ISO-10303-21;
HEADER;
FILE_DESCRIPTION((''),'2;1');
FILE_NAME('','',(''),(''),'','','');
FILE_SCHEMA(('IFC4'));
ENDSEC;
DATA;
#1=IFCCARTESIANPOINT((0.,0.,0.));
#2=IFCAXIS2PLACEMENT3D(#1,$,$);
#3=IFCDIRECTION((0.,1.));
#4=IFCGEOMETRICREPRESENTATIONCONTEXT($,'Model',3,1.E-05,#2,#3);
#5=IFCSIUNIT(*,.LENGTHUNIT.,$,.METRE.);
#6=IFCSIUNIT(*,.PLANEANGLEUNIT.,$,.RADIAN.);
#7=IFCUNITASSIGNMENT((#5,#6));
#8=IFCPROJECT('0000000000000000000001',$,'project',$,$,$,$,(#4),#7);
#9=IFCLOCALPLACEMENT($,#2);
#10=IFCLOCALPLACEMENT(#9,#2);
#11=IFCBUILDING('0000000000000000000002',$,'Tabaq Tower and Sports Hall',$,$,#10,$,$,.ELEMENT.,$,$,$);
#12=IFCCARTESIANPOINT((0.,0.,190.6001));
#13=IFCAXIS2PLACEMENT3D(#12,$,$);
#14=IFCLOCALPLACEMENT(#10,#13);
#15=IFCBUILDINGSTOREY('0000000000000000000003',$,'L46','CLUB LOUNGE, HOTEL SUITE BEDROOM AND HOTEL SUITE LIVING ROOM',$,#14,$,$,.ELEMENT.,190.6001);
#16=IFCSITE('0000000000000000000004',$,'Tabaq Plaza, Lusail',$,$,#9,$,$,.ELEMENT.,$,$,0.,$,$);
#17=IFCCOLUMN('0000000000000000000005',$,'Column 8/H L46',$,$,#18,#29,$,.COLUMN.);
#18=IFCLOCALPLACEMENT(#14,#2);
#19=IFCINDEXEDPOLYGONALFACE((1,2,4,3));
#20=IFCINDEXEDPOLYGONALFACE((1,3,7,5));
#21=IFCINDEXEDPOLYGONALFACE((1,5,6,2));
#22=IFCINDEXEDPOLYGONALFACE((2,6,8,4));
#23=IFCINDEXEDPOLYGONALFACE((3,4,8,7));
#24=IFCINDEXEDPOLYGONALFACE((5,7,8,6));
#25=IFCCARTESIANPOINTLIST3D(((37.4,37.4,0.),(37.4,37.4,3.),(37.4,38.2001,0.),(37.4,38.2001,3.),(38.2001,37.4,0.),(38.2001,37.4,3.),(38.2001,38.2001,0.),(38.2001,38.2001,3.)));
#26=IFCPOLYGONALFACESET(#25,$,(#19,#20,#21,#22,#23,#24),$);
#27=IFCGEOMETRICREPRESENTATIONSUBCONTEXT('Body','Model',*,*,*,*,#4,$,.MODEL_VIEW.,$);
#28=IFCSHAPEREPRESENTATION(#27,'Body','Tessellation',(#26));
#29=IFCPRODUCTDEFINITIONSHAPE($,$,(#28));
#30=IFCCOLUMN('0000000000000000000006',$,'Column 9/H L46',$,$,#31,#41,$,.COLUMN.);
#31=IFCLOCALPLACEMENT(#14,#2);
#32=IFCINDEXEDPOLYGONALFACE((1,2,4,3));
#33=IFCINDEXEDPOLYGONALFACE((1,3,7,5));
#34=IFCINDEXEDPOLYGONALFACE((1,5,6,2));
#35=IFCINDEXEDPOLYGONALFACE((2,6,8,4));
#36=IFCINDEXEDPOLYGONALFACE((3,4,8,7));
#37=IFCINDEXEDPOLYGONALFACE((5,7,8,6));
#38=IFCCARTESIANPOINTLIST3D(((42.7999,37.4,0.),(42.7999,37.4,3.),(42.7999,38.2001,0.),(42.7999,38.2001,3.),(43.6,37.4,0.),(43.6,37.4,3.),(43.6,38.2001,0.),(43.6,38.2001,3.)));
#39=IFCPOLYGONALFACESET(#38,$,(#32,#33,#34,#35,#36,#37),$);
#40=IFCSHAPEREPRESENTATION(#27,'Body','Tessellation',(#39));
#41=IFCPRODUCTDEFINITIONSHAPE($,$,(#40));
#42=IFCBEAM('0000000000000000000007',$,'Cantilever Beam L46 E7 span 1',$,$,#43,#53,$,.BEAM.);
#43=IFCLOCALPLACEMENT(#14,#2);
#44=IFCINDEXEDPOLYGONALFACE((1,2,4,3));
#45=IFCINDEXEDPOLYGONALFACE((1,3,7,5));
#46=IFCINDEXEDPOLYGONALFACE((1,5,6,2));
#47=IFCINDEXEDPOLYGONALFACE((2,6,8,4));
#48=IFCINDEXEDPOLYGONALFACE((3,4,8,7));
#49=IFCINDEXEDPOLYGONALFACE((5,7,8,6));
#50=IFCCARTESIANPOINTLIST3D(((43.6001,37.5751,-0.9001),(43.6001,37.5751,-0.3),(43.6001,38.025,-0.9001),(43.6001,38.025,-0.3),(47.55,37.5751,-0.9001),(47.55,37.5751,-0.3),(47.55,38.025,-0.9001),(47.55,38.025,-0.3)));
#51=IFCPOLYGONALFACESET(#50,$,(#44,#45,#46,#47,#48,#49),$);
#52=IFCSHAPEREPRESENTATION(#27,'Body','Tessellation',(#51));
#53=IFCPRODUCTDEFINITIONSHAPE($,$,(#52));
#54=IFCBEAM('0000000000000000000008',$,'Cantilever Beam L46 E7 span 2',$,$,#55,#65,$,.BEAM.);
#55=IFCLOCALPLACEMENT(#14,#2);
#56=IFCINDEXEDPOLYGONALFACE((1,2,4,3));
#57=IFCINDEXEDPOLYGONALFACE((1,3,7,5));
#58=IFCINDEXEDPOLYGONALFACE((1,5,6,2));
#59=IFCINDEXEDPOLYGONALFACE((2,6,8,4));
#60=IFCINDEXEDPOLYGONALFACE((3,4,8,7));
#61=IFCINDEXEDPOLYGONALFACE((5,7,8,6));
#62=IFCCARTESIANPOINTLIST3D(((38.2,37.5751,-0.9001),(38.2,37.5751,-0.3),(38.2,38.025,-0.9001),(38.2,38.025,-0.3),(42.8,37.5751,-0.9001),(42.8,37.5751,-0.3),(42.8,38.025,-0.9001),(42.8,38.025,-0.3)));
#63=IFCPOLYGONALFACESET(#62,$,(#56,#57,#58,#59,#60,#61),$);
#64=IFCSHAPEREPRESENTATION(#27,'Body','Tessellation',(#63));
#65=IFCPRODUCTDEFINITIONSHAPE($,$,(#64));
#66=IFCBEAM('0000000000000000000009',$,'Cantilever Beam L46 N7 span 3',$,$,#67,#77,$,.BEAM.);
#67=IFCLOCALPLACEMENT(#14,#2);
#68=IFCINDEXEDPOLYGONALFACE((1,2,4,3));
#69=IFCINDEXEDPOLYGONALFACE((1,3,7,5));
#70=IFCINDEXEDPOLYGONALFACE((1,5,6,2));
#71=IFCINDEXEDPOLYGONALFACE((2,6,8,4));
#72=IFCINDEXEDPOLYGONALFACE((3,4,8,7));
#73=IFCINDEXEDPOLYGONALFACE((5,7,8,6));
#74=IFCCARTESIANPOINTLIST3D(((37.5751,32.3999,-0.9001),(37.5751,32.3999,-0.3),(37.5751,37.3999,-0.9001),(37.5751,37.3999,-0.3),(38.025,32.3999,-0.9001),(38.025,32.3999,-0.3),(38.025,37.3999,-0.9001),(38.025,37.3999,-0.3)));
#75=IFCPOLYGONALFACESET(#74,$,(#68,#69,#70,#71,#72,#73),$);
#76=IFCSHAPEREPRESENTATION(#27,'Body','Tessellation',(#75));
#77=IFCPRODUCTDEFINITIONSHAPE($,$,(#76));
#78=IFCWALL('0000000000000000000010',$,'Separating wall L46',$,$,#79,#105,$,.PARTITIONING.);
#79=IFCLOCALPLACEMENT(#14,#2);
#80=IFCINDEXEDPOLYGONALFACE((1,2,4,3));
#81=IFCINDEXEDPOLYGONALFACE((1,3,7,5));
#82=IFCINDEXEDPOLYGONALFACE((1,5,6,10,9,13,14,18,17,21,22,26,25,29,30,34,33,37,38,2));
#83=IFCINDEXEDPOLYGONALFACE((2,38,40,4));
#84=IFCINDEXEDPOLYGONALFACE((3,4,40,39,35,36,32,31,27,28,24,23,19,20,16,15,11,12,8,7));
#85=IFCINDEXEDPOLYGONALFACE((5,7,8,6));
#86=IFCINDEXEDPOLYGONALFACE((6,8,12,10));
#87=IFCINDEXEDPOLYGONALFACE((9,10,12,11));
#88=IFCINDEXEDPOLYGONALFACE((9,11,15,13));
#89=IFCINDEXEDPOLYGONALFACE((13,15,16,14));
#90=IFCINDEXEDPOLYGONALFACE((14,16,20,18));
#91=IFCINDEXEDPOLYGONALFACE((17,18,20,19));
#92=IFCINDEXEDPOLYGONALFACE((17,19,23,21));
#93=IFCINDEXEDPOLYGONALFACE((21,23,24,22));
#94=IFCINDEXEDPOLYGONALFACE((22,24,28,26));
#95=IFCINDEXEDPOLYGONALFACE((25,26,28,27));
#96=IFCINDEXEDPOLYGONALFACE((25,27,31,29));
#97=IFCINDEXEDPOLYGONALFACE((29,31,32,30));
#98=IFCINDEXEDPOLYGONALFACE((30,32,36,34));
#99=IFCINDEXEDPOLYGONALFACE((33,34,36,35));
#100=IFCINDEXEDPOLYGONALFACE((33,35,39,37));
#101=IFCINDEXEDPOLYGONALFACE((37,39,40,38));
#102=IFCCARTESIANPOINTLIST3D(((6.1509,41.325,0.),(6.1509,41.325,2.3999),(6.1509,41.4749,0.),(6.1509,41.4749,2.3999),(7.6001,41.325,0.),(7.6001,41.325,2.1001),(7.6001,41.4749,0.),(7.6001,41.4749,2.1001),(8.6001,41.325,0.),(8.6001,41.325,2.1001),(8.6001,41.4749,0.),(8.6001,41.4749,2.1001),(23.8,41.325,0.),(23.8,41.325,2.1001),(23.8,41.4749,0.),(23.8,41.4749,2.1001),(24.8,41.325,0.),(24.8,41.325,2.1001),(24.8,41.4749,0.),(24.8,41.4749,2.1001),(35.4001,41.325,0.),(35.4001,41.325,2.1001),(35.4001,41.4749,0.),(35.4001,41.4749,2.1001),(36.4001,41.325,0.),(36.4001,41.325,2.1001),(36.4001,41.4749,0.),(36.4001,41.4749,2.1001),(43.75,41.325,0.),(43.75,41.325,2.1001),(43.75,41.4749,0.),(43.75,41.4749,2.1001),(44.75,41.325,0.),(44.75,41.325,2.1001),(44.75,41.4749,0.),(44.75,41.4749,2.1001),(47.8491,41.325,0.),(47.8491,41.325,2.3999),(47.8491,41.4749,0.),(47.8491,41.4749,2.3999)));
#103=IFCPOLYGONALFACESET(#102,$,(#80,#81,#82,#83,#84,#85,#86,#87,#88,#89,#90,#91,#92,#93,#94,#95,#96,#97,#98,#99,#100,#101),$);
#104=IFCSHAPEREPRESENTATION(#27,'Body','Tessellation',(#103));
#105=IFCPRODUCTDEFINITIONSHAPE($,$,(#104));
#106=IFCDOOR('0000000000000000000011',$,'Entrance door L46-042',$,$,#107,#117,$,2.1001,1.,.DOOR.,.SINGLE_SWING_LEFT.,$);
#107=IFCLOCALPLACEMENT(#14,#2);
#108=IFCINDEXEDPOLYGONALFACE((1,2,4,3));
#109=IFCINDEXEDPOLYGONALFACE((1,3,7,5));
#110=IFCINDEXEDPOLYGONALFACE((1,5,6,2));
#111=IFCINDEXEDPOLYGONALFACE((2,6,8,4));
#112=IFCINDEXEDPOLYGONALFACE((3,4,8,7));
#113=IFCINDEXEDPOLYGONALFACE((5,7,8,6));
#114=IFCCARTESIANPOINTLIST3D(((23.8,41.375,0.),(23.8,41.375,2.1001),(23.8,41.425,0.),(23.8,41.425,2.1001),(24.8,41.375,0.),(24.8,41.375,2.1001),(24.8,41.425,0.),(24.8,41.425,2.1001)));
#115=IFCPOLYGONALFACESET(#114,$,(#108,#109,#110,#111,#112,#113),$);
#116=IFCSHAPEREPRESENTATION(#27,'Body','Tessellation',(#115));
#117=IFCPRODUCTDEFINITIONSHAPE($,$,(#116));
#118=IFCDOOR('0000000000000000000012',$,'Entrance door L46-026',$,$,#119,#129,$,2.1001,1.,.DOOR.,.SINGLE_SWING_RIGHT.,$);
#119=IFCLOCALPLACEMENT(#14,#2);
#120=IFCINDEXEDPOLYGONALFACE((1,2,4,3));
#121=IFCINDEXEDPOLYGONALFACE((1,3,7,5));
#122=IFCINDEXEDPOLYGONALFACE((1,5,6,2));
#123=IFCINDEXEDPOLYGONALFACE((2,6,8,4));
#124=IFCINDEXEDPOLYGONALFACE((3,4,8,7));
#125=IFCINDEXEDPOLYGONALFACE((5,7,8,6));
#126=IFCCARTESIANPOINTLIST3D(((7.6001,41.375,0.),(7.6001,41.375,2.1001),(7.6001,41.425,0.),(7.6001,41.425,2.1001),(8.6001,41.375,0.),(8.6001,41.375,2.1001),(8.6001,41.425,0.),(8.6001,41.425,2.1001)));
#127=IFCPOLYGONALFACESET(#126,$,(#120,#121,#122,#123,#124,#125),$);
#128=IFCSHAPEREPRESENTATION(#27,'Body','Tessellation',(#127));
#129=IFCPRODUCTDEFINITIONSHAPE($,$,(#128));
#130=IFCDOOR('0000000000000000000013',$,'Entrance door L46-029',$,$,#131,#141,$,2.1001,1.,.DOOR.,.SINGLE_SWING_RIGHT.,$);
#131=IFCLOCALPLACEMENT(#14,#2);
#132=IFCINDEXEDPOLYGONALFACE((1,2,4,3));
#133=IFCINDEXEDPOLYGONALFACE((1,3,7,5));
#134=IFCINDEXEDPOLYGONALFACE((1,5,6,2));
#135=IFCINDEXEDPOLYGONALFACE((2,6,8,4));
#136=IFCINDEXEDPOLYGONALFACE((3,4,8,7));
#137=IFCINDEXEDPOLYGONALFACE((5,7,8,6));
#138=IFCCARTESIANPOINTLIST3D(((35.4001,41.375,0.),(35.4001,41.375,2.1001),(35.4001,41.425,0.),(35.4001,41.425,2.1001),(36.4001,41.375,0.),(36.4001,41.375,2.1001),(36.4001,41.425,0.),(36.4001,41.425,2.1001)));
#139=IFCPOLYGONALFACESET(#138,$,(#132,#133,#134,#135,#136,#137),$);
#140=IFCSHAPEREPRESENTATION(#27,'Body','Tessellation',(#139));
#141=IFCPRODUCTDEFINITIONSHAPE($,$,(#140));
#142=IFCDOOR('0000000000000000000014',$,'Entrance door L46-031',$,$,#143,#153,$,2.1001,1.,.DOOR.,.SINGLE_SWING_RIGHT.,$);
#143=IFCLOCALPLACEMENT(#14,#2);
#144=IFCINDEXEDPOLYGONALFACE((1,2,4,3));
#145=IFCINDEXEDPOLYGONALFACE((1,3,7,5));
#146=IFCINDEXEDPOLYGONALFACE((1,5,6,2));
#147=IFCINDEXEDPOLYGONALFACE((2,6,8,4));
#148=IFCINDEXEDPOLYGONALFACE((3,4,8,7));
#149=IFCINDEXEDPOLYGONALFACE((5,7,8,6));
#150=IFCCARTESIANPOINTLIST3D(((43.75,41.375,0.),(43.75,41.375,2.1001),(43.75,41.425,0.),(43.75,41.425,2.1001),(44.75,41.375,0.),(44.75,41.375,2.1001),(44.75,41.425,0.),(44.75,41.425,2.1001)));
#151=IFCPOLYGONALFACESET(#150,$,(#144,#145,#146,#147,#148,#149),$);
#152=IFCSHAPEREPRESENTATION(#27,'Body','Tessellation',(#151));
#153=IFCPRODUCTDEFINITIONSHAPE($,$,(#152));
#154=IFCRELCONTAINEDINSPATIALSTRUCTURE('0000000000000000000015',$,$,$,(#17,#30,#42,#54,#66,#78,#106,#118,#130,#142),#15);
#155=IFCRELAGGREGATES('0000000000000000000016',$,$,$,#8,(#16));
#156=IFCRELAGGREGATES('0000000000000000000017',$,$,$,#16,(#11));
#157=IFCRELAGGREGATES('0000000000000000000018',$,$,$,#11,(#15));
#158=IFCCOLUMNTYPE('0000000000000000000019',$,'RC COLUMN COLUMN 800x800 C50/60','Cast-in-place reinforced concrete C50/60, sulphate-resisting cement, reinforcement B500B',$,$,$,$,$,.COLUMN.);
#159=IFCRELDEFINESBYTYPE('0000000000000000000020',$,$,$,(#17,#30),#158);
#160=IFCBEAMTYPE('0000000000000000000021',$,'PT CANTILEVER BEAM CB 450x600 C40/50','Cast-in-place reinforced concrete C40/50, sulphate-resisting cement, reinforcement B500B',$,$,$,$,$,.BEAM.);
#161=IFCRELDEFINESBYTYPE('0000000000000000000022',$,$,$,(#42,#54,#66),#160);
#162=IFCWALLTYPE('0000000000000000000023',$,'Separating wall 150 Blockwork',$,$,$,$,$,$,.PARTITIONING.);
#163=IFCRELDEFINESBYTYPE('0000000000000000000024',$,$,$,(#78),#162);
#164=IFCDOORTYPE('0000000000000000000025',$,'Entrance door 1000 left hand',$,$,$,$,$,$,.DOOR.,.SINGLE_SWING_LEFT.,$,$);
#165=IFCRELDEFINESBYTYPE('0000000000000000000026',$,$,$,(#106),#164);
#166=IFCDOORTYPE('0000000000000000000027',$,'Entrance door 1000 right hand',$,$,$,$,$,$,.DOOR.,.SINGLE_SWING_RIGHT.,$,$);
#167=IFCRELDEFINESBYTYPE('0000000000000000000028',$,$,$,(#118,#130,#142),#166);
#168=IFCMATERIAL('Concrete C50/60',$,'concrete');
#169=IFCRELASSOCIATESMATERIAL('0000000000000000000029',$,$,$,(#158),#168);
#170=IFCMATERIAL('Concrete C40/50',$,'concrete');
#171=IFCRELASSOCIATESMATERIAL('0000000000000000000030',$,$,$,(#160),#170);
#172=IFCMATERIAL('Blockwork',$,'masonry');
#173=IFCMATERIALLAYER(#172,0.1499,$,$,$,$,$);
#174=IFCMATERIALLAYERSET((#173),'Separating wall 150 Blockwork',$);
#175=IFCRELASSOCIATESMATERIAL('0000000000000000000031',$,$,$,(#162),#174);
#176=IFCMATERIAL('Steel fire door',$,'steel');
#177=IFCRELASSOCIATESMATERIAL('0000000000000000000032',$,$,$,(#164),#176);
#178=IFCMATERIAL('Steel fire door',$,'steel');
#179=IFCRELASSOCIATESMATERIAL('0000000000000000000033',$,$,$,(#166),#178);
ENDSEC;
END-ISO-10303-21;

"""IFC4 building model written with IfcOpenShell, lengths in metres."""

from ifc_helpers import new_model, si_unit, direction, frame, frame_2d, origin, origin_2d, place, context, subcontext, project, spatial, rectangle, extrude, material, layer, layer_set, material_profile, profile_set, type_object, element, fill, save


model = new_model("IFC4")

# Units and contexts
model_context = context("Model", 3, precision=1e-05, world=origin(), true_north=direction((0.0, 1.0)))
body_context = subcontext(model_context, "Body", "Model", "MODEL_VIEW")
ifc_project = project(units=[si_unit("LENGTHUNIT", "METRE"), si_unit("PLANEANGLEUNIT", "RADIAN")], contexts=[model_context])

# Site, building, storey
site_placement = place(None, origin())
site = spatial("IfcSite", under=ifc_project, at=site_placement, Name="Tabaq Plaza, Lusail", CompositionType="ELEMENT", RefElevation=0.0)
building_placement = place(site_placement, origin())
building = spatial("IfcBuilding", under=site, at=building_placement, Name="Tabaq Tower and Sports Hall", CompositionType="ELEMENT")
storey_placement = place(building_placement, frame((0.0, 0.0, 190.6001)))
storey = spatial("IfcBuildingStorey", under=building, at=storey_placement, Name="L46", Description="CLUB LOUNGE, HOTEL SUITE BEDROOM AND HOTEL SUITE LIVING ROOM", CompositionType="ELEMENT", Elevation=190.6001)

# Columns
ifc_material_1 = material(Name="Concrete C50/60", Category="concrete")
ifc_material_profile_1 = material_profile(ifc_material_1, rectangle(XDim=0.8, YDim=0.8, at=origin_2d()), Name="COLUMN 800x800")
ifc_profile_set_1 = profile_set([ifc_material_profile_1], Name="Concrete C50/60")
column_type = type_object("IfcColumnType", Name="RC COLUMN COLUMN 800x800 C50/60", Description="Cast-in-place reinforced concrete C50/60, sulphate-resisting cement, reinforcement B500B", PredefinedType="COLUMN", material=ifc_profile_set_1)
for number, where, z_axis, x_axis, name in (
    (1, (37.8, 37.8, 0.0), (0.0, 0.0, 1.0), (1.0, 0.0, 0.0), "Column 8/H L46"),
    (2, (43.2, 37.8, 0.0), (0.0, 0.0, 1.0), (1.0, 0.0, 0.0), "Column 9/H L46"),
):
    element("IfcColumn", number, at=place(storey_placement, frame(where, z_axis=z_axis, x_axis=x_axis)), inside=storey, type_object=column_type, Name=name, PredefinedType="COLUMN", context=body_context, shape_type="SweptSolid", body=[
        extrude(rectangle(XDim=0.8, YDim=0.8, at=origin_2d()), origin(), (0.0, 0.0, 1.0), 3.0),
    ])

# Beams
ifc_material_2 = material(Name="Concrete C40/50", Category="concrete")
ifc_material_profile_2 = material_profile(ifc_material_2, rectangle(XDim=0.45, YDim=0.6001, at=origin_2d()), Name="CB 450x600")
ifc_profile_set_2 = profile_set([ifc_material_profile_2], Name="Concrete C40/50")
beam_type = type_object("IfcBeamType", Name="PT CANTILEVER BEAM CB 450x600 C40/50", Description="Cast-in-place reinforced concrete C40/50, sulphate-resisting cement, reinforcement B500B", PredefinedType="BEAM", material=ifc_profile_set_2)
beam_1_placement = place(storey_placement, frame((47.55, 37.8, -0.6001), z_axis=(-1.0, 0.0, 0.0), x_axis=(0.0, -1.0, 0.0)))
element("IfcBeam", 3, at=beam_1_placement, inside=storey, type_object=beam_type, Name="Cantilever Beam L46 E7 span 1", PredefinedType="BEAM", context=body_context, shape_type="SweptSolid", body=[
    extrude(rectangle(XDim=0.45, YDim=0.6001, at=origin_2d()), origin(), (0.0, 0.0, 1.0), 3.95),
])
beam_2_placement = place(storey_placement, frame((42.8, 37.8, -0.6001), z_axis=(-1.0, 0.0, 0.0), x_axis=(0.0, -1.0, 0.0)))
element("IfcBeam", 4, at=beam_2_placement, inside=storey, type_object=beam_type, Name="Cantilever Beam L46 E7 span 2", PredefinedType="BEAM", context=body_context, shape_type="SweptSolid", body=[
    extrude(rectangle(XDim=0.45, YDim=0.6001, at=origin_2d()), origin(), (0.0, 0.0, 1.0), 4.6001),
])
beam_3_placement = place(storey_placement, frame((37.8, 37.3999, -0.6001), z_axis=(0.0, -1.0, 0.0), x_axis=(1.0, 0.0, 0.0)))
element("IfcBeam", 5, at=beam_3_placement, inside=storey, type_object=beam_type, Name="Cantilever Beam L46 N7 span 3", PredefinedType="BEAM", context=body_context, shape_type="SweptSolid", body=[
    extrude(rectangle(XDim=0.45, YDim=0.6001, at=origin_2d()), origin(), (0.0, 0.0, 1.0), 5.0),
])

# Wall, openings, doors
ifc_material_3 = material(Name="Blockwork", Category="masonry")
ifc_layer_1 = layer(ifc_material_3, 0.1499)
ifc_layer_set_1 = layer_set([ifc_layer_1], Name="Separating wall 150 Blockwork")
wall_type = type_object("IfcWallType", Name="Separating wall 150 Blockwork", PredefinedType="PARTITIONING", material=ifc_layer_set_1)
wall_1_placement = place(storey_placement, frame((47.8491, 41.3999, 0.0), z_axis=(0.0, 0.0, 1.0), x_axis=(-1.0, 0.0, 0.0)))
wall_1 = element("IfcWall", 6, at=wall_1_placement, inside=storey, type_object=wall_type, Name="Separating wall L46", PredefinedType="PARTITIONING", context=body_context, shape_type="SweptSolid", body=[
    extrude(rectangle(XDim=41.6982, YDim=0.1499, at=frame_2d((20.8491, 0.0))), origin(), (0.0, 0.0, 1.0), 2.3999),
])
opening_1_placement = place(wall_1_placement, frame((39.249, 0.0, 0.0)))
opening_1 = element("IfcOpeningElement", 7, at=opening_1_placement, cuts=wall_1, PredefinedType="OPENING", context=body_context, shape_type="SweptSolid", body=[
    extrude(rectangle(XDim=1.0, YDim=2.1001, at=frame_2d((0.5, 1.05))), frame((0.0, 0.075, 0.0), z_axis=(0.0, -1.0, 0.0), x_axis=(1.0, 0.0, 0.0)), (0.0, 0.0, 1.0), 0.1499),
])
opening_2_placement = place(wall_1_placement, frame((11.449, 0.0, 0.0)))
opening_2 = element("IfcOpeningElement", 8, at=opening_2_placement, cuts=wall_1, PredefinedType="OPENING", context=body_context, shape_type="SweptSolid", body=[
    extrude(rectangle(XDim=1.0, YDim=2.1001, at=frame_2d((0.5, 1.05))), frame((0.0, 0.075, 0.0), z_axis=(0.0, -1.0, 0.0), x_axis=(1.0, 0.0, 0.0)), (0.0, 0.0, 1.0), 0.1499),
])
opening_3_placement = place(wall_1_placement, frame((3.0991, 0.0, 0.0)))
opening_3 = element("IfcOpeningElement", 9, at=opening_3_placement, cuts=wall_1, PredefinedType="OPENING", context=body_context, shape_type="SweptSolid", body=[
    extrude(rectangle(XDim=1.0, YDim=2.1001, at=frame_2d((0.5, 1.05))), frame((0.0, 0.075, 0.0), z_axis=(0.0, -1.0, 0.0), x_axis=(1.0, 0.0, 0.0)), (0.0, 0.0, 1.0), 0.1499),
])
opening_4_placement = place(wall_1_placement, frame((23.0491, 0.0, 0.0)))
opening_4 = element("IfcOpeningElement", 10, at=opening_4_placement, cuts=wall_1, PredefinedType="OPENING", context=body_context, shape_type="SweptSolid", body=[
    extrude(rectangle(XDim=1.0, YDim=2.1001, at=frame_2d((0.5, 1.05))), frame((0.0, 0.075, 0.0), z_axis=(0.0, -1.0, 0.0), x_axis=(1.0, 0.0, 0.0)), (0.0, 0.0, 1.0), 0.1499),
])
ifc_material_4 = material(Name="Steel fire door", Category="steel")
door_type_1 = type_object("IfcDoorType", Name="Entrance door 1000 left hand", OperationType="SINGLE_SWING_LEFT", PredefinedType="DOOR", material=ifc_material_4)
door_1_placement = place(opening_4_placement, origin())
door_1 = element("IfcDoor", 11, at=door_1_placement, inside=storey, type_object=door_type_1, Name="Entrance door L46-042", OperationType="SINGLE_SWING_LEFT", OverallHeight=2.1001, OverallWidth=1.0, PredefinedType="DOOR", context=body_context, shape_type="SweptSolid", body=[
    extrude(rectangle(XDim=1.0, YDim=2.1001, at=frame_2d((0.5, 1.05))), frame((0.0, 0.0249, 0.0), z_axis=(0.0, -1.0, 0.0), x_axis=(1.0, 0.0, 0.0)), (0.0, 0.0, 1.0), 0.05),
])
fill(opening_4, door_1)
ifc_material_5 = material(Name="Steel fire door", Category="steel")
door_type_2 = type_object("IfcDoorType", Name="Entrance door 1000 right hand", OperationType="SINGLE_SWING_RIGHT", PredefinedType="DOOR", material=ifc_material_5)
door_2_placement = place(opening_1_placement, origin())
door_2 = element("IfcDoor", 12, at=door_2_placement, inside=storey, type_object=door_type_2, Name="Entrance door L46-026", OperationType="SINGLE_SWING_RIGHT", OverallHeight=2.1001, OverallWidth=1.0, PredefinedType="DOOR", context=body_context, shape_type="SweptSolid", body=[
    extrude(rectangle(XDim=1.0, YDim=2.1001, at=frame_2d((0.5, 1.05))), frame((0.0, 0.0249, 0.0), z_axis=(0.0, -1.0, 0.0), x_axis=(1.0, 0.0, 0.0)), (0.0, 0.0, 1.0), 0.05),
])
fill(opening_1, door_2)
door_3_placement = place(opening_2_placement, origin())
door_3 = element("IfcDoor", 13, at=door_3_placement, inside=storey, type_object=door_type_2, Name="Entrance door L46-029", OperationType="SINGLE_SWING_RIGHT", OverallHeight=2.1001, OverallWidth=1.0, PredefinedType="DOOR", context=body_context, shape_type="SweptSolid", body=[
    extrude(rectangle(XDim=1.0, YDim=2.1001, at=frame_2d((0.5, 1.05))), frame((0.0, 0.0249, 0.0), z_axis=(0.0, -1.0, 0.0), x_axis=(1.0, 0.0, 0.0)), (0.0, 0.0, 1.0), 0.05),
])
fill(opening_2, door_3)
door_4_placement = place(opening_3_placement, origin())
door_4 = element("IfcDoor", 14, at=door_4_placement, inside=storey, type_object=door_type_2, Name="Entrance door L46-031", OperationType="SINGLE_SWING_RIGHT", OverallHeight=2.1001, OverallWidth=1.0, PredefinedType="DOOR", context=body_context, shape_type="SweptSolid", body=[
    extrude(rectangle(XDim=1.0, YDim=2.1001, at=frame_2d((0.5, 1.05))), frame((0.0, 0.0249, 0.0), z_axis=(0.0, -1.0, 0.0), x_axis=(1.0, 0.0, 0.0)), (0.0, 0.0, 1.0), 0.05),
])
fill(opening_3, door_4)

save(model, "model.ifc")
